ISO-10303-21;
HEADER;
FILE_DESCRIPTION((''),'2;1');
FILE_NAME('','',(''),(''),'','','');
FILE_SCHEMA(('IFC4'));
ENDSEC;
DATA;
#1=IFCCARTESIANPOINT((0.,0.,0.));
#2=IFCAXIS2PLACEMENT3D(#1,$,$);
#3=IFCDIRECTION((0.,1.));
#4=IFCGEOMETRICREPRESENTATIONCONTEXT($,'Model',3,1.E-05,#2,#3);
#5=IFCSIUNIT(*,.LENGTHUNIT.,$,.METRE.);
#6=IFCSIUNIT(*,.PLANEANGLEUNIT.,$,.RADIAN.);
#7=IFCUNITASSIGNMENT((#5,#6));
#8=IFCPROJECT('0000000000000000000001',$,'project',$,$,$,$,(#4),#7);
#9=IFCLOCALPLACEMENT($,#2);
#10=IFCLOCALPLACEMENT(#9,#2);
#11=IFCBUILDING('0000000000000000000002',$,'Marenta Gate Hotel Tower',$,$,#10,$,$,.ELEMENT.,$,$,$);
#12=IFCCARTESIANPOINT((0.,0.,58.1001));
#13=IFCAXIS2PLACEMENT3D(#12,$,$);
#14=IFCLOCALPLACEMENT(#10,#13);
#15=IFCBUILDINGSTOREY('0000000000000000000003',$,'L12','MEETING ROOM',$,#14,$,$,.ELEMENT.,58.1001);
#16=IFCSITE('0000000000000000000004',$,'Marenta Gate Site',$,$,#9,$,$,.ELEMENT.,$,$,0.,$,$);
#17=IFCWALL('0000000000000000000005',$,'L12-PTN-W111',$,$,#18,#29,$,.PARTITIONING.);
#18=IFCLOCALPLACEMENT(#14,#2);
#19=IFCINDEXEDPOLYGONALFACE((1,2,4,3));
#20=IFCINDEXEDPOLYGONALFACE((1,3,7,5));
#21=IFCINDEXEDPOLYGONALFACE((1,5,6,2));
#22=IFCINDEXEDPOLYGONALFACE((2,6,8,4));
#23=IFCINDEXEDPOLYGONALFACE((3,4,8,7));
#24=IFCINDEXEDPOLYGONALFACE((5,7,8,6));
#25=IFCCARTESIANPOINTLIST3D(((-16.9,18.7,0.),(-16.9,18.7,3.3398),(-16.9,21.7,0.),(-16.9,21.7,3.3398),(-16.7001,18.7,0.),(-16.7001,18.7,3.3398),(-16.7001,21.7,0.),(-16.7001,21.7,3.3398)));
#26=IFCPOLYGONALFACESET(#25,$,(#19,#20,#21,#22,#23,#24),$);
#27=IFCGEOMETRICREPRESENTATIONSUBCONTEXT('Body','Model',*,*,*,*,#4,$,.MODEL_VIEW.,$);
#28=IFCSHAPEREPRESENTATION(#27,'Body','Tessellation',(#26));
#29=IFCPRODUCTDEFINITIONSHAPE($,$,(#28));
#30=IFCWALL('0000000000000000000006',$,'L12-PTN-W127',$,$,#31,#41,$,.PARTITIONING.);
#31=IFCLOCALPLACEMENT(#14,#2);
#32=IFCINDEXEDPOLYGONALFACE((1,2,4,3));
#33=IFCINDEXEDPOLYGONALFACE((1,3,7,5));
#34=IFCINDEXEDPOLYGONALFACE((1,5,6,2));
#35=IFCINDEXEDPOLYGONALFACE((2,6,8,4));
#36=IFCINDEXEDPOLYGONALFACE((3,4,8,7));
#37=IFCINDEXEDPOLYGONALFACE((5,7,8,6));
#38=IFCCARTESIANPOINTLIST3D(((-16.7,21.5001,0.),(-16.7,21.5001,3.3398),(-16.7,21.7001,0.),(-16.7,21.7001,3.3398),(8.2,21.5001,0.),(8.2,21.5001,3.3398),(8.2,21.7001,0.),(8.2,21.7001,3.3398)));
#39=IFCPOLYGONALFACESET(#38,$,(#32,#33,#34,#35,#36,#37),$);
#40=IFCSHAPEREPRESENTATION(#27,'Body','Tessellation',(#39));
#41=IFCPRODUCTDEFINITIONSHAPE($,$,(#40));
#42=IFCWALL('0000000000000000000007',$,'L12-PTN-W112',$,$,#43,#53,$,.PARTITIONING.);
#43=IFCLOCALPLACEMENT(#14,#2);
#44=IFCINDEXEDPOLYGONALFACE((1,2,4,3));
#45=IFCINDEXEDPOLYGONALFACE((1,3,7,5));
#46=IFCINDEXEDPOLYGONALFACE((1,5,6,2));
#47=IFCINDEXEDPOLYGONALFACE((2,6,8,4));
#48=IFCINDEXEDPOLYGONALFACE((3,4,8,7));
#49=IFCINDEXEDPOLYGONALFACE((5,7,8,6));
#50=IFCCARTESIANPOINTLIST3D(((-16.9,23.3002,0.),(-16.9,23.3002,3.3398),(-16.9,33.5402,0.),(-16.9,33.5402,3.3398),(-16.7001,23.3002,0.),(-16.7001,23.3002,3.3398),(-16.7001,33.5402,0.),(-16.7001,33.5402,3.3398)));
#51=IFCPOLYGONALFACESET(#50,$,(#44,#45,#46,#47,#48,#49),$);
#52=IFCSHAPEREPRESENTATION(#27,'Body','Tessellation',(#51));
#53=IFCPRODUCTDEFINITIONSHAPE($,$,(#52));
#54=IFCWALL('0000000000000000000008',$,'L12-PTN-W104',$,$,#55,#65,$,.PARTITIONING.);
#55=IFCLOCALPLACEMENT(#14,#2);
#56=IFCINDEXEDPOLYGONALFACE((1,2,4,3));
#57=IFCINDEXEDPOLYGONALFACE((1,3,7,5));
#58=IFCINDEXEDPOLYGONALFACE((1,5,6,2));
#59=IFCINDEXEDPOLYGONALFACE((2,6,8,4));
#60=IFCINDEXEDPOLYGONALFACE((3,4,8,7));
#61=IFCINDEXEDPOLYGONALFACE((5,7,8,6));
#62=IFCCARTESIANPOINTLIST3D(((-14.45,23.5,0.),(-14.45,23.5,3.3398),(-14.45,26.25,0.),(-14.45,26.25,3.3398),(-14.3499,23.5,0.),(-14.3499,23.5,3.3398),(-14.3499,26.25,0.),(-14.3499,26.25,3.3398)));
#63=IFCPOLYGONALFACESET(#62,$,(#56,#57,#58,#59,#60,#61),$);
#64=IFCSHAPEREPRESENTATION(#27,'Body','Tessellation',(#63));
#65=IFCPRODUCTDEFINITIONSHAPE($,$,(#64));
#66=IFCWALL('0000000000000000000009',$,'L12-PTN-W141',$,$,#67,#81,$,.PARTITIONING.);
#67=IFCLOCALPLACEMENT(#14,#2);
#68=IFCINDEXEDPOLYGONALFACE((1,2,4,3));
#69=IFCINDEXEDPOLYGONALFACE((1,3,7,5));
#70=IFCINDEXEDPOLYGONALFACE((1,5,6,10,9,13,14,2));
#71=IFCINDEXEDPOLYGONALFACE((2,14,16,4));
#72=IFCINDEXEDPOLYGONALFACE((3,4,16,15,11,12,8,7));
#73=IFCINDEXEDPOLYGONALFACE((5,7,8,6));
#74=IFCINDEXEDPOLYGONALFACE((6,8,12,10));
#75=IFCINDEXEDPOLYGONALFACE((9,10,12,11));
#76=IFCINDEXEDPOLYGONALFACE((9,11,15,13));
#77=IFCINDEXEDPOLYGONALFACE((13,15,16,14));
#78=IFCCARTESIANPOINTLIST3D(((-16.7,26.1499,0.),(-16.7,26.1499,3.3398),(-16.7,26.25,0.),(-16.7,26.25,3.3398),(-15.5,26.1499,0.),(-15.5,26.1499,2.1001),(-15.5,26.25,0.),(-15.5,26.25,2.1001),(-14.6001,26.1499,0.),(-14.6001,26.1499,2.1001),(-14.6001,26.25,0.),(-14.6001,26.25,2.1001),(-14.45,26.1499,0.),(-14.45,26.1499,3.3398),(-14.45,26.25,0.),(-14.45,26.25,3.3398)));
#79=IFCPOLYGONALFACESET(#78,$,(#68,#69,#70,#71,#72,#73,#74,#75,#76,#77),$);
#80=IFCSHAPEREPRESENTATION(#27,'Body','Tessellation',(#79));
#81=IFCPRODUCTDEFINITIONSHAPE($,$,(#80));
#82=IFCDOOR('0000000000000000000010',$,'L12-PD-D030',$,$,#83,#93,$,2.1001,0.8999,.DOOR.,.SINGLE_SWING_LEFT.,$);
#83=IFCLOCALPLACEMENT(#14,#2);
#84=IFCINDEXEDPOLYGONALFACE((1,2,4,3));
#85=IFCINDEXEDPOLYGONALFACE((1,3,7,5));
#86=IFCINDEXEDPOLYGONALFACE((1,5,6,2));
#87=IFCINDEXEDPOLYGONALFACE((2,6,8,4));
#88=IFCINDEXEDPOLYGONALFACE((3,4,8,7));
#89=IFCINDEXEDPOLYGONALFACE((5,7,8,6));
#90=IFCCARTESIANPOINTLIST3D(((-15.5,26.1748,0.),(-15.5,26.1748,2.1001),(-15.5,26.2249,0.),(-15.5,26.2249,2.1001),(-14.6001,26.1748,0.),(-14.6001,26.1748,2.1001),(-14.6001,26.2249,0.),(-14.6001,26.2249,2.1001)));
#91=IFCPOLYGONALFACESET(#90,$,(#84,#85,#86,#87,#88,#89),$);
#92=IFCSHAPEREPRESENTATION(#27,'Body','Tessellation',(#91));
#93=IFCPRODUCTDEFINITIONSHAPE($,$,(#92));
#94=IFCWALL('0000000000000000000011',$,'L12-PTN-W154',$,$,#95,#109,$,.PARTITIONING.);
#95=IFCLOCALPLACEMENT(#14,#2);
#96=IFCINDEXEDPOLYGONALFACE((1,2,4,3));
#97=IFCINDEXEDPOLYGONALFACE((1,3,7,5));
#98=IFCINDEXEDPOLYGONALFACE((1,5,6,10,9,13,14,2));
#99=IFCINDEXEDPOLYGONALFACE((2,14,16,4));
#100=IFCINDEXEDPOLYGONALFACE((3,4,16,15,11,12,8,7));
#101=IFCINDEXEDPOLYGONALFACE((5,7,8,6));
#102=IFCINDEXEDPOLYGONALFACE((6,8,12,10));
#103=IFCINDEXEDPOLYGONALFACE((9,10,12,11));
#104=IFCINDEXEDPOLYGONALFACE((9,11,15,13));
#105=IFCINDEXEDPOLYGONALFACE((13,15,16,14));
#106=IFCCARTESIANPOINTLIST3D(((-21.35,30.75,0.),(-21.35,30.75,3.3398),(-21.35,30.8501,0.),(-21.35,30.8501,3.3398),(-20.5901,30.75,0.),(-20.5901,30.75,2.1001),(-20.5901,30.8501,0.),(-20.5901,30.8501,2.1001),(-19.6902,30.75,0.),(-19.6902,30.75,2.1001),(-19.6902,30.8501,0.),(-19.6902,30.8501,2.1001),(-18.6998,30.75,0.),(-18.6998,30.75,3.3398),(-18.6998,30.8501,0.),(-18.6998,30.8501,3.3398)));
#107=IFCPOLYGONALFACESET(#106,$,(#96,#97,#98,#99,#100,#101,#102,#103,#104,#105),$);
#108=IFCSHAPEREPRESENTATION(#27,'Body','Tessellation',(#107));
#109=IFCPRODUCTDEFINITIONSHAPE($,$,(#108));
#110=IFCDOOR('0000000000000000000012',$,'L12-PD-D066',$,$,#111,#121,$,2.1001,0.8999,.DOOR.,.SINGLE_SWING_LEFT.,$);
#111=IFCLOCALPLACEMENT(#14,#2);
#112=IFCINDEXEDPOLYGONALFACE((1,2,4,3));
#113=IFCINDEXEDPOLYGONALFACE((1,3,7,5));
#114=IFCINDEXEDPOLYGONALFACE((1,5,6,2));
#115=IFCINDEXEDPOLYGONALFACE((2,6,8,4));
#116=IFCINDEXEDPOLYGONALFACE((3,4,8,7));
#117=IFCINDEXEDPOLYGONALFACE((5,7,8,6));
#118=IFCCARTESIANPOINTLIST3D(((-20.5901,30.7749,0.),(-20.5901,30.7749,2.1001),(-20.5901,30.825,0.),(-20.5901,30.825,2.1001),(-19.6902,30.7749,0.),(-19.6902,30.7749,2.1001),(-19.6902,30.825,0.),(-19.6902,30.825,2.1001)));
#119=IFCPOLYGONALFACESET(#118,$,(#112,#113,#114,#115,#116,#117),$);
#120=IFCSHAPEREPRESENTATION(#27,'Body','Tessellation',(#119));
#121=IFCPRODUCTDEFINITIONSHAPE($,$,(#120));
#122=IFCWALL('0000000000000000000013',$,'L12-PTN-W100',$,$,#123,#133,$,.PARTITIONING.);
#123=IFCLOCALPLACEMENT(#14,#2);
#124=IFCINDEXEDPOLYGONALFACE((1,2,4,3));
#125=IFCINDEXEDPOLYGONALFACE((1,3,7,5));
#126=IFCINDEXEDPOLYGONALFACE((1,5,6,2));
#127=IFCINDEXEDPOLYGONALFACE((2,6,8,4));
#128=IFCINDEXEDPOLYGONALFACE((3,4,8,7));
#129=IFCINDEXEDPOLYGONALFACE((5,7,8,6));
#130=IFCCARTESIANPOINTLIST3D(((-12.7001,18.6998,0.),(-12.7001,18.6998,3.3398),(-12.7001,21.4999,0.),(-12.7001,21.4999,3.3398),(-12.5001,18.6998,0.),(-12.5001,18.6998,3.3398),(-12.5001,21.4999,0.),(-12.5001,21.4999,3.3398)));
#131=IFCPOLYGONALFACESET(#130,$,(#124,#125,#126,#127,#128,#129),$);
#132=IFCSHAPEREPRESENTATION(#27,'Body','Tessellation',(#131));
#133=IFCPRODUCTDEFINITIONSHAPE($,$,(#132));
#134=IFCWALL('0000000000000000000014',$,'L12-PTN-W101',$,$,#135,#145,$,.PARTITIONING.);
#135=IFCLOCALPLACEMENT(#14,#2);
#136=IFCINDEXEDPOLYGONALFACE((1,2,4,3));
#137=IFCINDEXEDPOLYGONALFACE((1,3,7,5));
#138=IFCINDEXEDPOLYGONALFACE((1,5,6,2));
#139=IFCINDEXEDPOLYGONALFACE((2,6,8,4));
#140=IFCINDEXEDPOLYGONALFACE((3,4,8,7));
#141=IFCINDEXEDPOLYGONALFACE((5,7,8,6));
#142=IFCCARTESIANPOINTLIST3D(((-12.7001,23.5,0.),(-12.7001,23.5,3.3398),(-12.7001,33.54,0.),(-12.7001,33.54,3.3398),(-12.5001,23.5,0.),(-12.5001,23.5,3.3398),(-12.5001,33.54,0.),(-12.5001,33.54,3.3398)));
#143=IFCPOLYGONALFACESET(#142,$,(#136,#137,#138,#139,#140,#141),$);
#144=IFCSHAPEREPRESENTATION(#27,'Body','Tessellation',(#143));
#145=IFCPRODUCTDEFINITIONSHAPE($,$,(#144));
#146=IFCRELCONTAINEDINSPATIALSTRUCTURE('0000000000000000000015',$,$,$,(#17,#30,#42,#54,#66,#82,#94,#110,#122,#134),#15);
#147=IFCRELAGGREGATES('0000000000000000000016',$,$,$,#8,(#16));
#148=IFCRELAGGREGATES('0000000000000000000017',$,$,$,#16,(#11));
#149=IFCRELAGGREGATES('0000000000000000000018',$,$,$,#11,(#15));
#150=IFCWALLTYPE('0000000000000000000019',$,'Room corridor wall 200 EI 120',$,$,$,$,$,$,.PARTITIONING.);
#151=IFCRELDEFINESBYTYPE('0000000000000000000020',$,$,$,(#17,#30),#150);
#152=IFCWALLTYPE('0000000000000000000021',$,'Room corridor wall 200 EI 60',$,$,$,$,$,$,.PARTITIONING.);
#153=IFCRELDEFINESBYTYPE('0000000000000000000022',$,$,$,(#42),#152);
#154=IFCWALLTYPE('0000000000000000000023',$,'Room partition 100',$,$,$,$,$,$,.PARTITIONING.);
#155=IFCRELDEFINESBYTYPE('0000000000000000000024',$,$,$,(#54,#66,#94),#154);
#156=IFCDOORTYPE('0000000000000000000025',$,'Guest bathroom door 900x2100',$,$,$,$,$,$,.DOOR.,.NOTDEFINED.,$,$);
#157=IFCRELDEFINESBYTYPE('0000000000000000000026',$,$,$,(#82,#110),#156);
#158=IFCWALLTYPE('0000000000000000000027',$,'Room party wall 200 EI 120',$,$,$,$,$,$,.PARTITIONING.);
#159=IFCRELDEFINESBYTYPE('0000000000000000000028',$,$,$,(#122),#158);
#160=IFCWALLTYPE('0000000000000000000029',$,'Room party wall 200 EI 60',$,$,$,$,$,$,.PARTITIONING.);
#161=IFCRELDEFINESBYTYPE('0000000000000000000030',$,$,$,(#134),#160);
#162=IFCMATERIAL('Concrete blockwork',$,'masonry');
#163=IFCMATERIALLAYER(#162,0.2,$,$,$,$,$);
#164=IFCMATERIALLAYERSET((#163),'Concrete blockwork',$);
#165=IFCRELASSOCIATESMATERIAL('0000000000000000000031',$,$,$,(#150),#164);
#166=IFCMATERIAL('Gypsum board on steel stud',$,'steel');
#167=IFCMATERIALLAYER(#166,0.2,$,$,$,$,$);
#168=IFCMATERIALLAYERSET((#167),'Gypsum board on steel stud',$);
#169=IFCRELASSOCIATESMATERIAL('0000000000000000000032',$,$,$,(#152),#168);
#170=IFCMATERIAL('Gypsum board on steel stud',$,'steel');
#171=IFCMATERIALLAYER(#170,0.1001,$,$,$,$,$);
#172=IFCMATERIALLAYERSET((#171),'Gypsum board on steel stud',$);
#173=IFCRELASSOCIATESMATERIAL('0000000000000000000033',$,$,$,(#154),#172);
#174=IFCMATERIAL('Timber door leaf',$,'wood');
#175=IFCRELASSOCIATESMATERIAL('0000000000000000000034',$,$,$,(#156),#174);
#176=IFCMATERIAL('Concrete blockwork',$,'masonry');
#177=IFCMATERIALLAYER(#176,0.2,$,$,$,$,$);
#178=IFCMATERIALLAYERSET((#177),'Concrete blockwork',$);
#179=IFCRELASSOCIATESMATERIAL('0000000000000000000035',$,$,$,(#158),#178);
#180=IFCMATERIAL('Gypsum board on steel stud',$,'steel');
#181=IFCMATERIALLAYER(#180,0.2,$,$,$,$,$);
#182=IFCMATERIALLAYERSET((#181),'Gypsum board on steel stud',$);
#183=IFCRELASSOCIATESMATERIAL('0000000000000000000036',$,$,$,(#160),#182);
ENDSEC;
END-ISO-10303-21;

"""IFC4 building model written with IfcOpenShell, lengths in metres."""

from ifc_helpers import new_model, si_unit, direction, frame, frame_2d, origin, place, context, subcontext, project, spatial, rectangle, extrude, material, layer, layer_set, type_object, element, fill, save


model = new_model("IFC4")

# Units and contexts
model_context = context("Model", 3, precision=1e-05, world=origin(), true_north=direction((0.0, 1.0)))
body_context = subcontext(model_context, "Body", "Model", "MODEL_VIEW")
ifc_project = project(units=[si_unit("LENGTHUNIT", "METRE"), si_unit("PLANEANGLEUNIT", "RADIAN")], contexts=[model_context])

# Site, building, storey
site_placement = place(None, origin())
site = spatial("IfcSite", under=ifc_project, at=site_placement, Name="Marenta Gate Site", CompositionType="ELEMENT", RefElevation=0.0)
building_placement = place(site_placement, origin())
building = spatial("IfcBuilding", under=site, at=building_placement, Name="Marenta Gate Hotel Tower", CompositionType="ELEMENT")
storey_placement = place(building_placement, frame((0.0, 0.0, 58.1001)))
storey = spatial("IfcBuildingStorey", under=building, at=storey_placement, Name="L12", Description="MEETING ROOM", CompositionType="ELEMENT", Elevation=58.1001)

# Walls
ifc_material_1 = material(Name="Concrete blockwork", Category="masonry")
ifc_layer_1 = layer(ifc_material_1, 0.2)
ifc_layer_set_1 = layer_set([ifc_layer_1], Name="Concrete blockwork")
wall_type_1 = type_object("IfcWallType", Name="Room corridor wall 200 EI 120", PredefinedType="PARTITIONING", material=ifc_layer_set_1)
wall_1_placement = place(storey_placement, frame((-16.8, 18.7, 0.0), z_axis=(0.0, 0.0, 1.0), x_axis=(0.0, 1.0, 0.0)))
element("IfcWall", 1, at=wall_1_placement, inside=storey, type_object=wall_type_1, Name="L12-PTN-W111", PredefinedType="PARTITIONING", context=body_context, shape_type="SweptSolid", body=[
    extrude(rectangle(XDim=3.0, YDim=0.2, at=frame_2d((1.5, 0.0))), origin(), (0.0, 0.0, 1.0), 3.3398),
])
wall_2_placement = place(storey_placement, frame((-16.7, 21.6001, 0.0), z_axis=(0.0, 0.0, 1.0), x_axis=(1.0, 0.0, 0.0)))
element("IfcWall", 2, at=wall_2_placement, inside=storey, type_object=wall_type_1, Name="L12-PTN-W127", PredefinedType="PARTITIONING", context=body_context, shape_type="SweptSolid", body=[
    extrude(rectangle(XDim=24.8999, YDim=0.2, at=frame_2d((12.45, 0.0))), origin(), (0.0, 0.0, 1.0), 3.3398),
])
ifc_material_2 = material(Name="Gypsum board on steel stud", Category="steel")
ifc_layer_2 = layer(ifc_material_2, 0.2)
ifc_layer_set_2 = layer_set([ifc_layer_2], Name="Gypsum board on steel stud")
wall_type_2 = type_object("IfcWallType", Name="Room corridor wall 200 EI 60", PredefinedType="PARTITIONING", material=ifc_layer_set_2)
wall_3_placement = place(storey_placement, frame((-16.8, 23.3, 0.0), z_axis=(0.0, 0.0, 1.0), x_axis=(0.0, 1.0, 0.0)))
element("IfcWall", 3, at=wall_3_placement, inside=storey, type_object=wall_type_2, Name="L12-PTN-W112", PredefinedType="PARTITIONING", context=body_context, shape_type="SweptSolid", body=[
    extrude(rectangle(XDim=10.24, YDim=0.2, at=frame_2d((5.1201, 0.0))), origin(), (0.0, 0.0, 1.0), 3.3398),
])

# Wall
ifc_material_3 = material(Name="Gypsum board on steel stud", Category="steel")
ifc_layer_3 = layer(ifc_material_3, 0.1001)
ifc_layer_set_3 = layer_set([ifc_layer_3], Name="Gypsum board on steel stud")
wall_type_3 = type_object("IfcWallType", Name="Room partition 100", PredefinedType="PARTITIONING", material=ifc_layer_set_3)
wall_4_placement = place(storey_placement, frame((-14.3999, 23.5, 0.0), z_axis=(0.0, 0.0, 1.0), x_axis=(0.0, 1.0, 0.0)))
element("IfcWall", 4, at=wall_4_placement, inside=storey, type_object=wall_type_3, Name="L12-PTN-W104", PredefinedType="PARTITIONING", context=body_context, shape_type="SweptSolid", body=[
    extrude(rectangle(XDim=2.75, YDim=0.1001, at=frame_2d((1.375, 0.0))), origin(), (0.0, 0.0, 1.0), 3.3398),
])

# Walls, openings, doors
wall_5_placement = place(storey_placement, frame((-16.7, 26.2, 0.0), z_axis=(0.0, 0.0, 1.0), x_axis=(1.0, 0.0, 0.0)))
wall_5 = element("IfcWall", 5, at=wall_5_placement, inside=storey, type_object=wall_type_3, Name="L12-PTN-W141", PredefinedType="PARTITIONING", context=body_context, shape_type="SweptSolid", body=[
    extrude(rectangle(XDim=2.25, YDim=0.1001, at=frame_2d((1.125, 0.0))), origin(), (0.0, 0.0, 1.0), 3.3398),
])
opening_1_placement = place(wall_5_placement, frame((1.2, 0.0, 0.0)))
opening_1 = element("IfcOpeningElement", 6, at=opening_1_placement, cuts=wall_5, PredefinedType="OPENING", context=body_context, shape_type="SweptSolid", body=[
    extrude(rectangle(XDim=0.8999, YDim=2.1001, at=frame_2d((0.45, 1.05))), frame((0.0, 0.05, 0.0), z_axis=(0.0, -1.0, 0.0), x_axis=(1.0, 0.0, 0.0)), (0.0, 0.0, 1.0), 0.1001),
])
ifc_material_4 = material(Name="Timber door leaf", Category="wood")
door_type_1 = type_object("IfcDoorType", Name="Guest bathroom door 900x2100", OperationType="NOTDEFINED", PredefinedType="DOOR", material=ifc_material_4)
door_1_placement = place(opening_1_placement, origin())
door_1 = element("IfcDoor", 7, at=door_1_placement, inside=storey, type_object=door_type_1, Name="L12-PD-D030", OperationType="SINGLE_SWING_LEFT", OverallHeight=2.1001, OverallWidth=0.8999, PredefinedType="DOOR", context=body_context, shape_type="SweptSolid", body=[
    extrude(rectangle(XDim=0.8999, YDim=2.1001, at=frame_2d((0.45, 1.05))), frame((0.0, 0.0249, 0.0), z_axis=(0.0, -1.0, 0.0), x_axis=(1.0, 0.0, 0.0)), (0.0, 0.0, 1.0), 0.05),
])
fill(opening_1, door_1)
wall_6_placement = place(storey_placement, frame((-21.3501, 30.8, 0.0), z_axis=(0.0, 0.0, 1.0), x_axis=(1.0, 0.0, 0.0)))
wall_6 = element("IfcWall", 8, at=wall_6_placement, inside=storey, type_object=wall_type_3, Name="L12-PTN-W154", PredefinedType="PARTITIONING", context=body_context, shape_type="SweptSolid", body=[
    extrude(rectangle(XDim=2.6501, YDim=0.1001, at=frame_2d((1.3252, 0.0))), origin(), (0.0, 0.0, 1.0), 3.3398),
])
opening_2_placement = place(wall_6_placement, frame((0.76, 0.0, 0.0)))
opening_2 = element("IfcOpeningElement", 9, at=opening_2_placement, cuts=wall_6, PredefinedType="OPENING", context=body_context, shape_type="SweptSolid", body=[
    extrude(rectangle(XDim=0.8999, YDim=2.1001, at=frame_2d((0.45, 1.05))), frame((0.0, 0.05, 0.0), z_axis=(0.0, -1.0, 0.0), x_axis=(1.0, 0.0, 0.0)), (0.0, 0.0, 1.0), 0.1001),
])
door_2_placement = place(opening_2_placement, origin())
door_2 = element("IfcDoor", 10, at=door_2_placement, inside=storey, type_object=door_type_1, Name="L12-PD-D066", OperationType="SINGLE_SWING_LEFT", OverallHeight=2.1001, OverallWidth=0.8999, PredefinedType="DOOR", context=body_context, shape_type="SweptSolid", body=[
    extrude(rectangle(XDim=0.8999, YDim=2.1001, at=frame_2d((0.45, 1.05))), frame((0.0, 0.0249, 0.0), z_axis=(0.0, -1.0, 0.0), x_axis=(1.0, 0.0, 0.0)), (0.0, 0.0, 1.0), 0.05),
])
fill(opening_2, door_2)

# Walls
ifc_material_5 = material(Name="Concrete blockwork", Category="masonry")
ifc_layer_4 = layer(ifc_material_5, 0.2)
ifc_layer_set_4 = layer_set([ifc_layer_4], Name="Concrete blockwork")
wall_type_4 = type_object("IfcWallType", Name="Room party wall 200 EI 120", PredefinedType="PARTITIONING", material=ifc_layer_set_4)
wall_7_placement = place(storey_placement, frame((-12.6001, 18.7, 0.0), z_axis=(0.0, 0.0, 1.0), x_axis=(0.0, 1.0, 0.0)))
element("IfcWall", 11, at=wall_7_placement, inside=storey, type_object=wall_type_4, Name="L12-PTN-W100", PredefinedType="PARTITIONING", context=body_context, shape_type="SweptSolid", body=[
    extrude(rectangle(XDim=2.8, YDim=0.2, at=frame_2d((1.3999, 0.0))), origin(), (0.0, 0.0, 1.0), 3.3398),
])
ifc_material_6 = material(Name="Gypsum board on steel stud", Category="steel")
ifc_layer_5 = layer(ifc_material_6, 0.2)
ifc_layer_set_5 = layer_set([ifc_layer_5], Name="Gypsum board on steel stud")
wall_type_5 = type_object("IfcWallType", Name="Room party wall 200 EI 60", PredefinedType="PARTITIONING", material=ifc_layer_set_5)
wall_8_placement = place(storey_placement, frame((-12.6001, 23.5, 0.0), z_axis=(0.0, 0.0, 1.0), x_axis=(0.0, 1.0, 0.0)))
element("IfcWall", 12, at=wall_8_placement, inside=storey, type_object=wall_type_5, Name="L12-PTN-W101", PredefinedType="PARTITIONING", context=body_context, shape_type="SweptSolid", body=[
    extrude(rectangle(XDim=10.04, YDim=0.2, at=frame_2d((5.02, 0.0))), origin(), (0.0, 0.0, 1.0), 3.3398),
])

save(model, "model.ifc")
